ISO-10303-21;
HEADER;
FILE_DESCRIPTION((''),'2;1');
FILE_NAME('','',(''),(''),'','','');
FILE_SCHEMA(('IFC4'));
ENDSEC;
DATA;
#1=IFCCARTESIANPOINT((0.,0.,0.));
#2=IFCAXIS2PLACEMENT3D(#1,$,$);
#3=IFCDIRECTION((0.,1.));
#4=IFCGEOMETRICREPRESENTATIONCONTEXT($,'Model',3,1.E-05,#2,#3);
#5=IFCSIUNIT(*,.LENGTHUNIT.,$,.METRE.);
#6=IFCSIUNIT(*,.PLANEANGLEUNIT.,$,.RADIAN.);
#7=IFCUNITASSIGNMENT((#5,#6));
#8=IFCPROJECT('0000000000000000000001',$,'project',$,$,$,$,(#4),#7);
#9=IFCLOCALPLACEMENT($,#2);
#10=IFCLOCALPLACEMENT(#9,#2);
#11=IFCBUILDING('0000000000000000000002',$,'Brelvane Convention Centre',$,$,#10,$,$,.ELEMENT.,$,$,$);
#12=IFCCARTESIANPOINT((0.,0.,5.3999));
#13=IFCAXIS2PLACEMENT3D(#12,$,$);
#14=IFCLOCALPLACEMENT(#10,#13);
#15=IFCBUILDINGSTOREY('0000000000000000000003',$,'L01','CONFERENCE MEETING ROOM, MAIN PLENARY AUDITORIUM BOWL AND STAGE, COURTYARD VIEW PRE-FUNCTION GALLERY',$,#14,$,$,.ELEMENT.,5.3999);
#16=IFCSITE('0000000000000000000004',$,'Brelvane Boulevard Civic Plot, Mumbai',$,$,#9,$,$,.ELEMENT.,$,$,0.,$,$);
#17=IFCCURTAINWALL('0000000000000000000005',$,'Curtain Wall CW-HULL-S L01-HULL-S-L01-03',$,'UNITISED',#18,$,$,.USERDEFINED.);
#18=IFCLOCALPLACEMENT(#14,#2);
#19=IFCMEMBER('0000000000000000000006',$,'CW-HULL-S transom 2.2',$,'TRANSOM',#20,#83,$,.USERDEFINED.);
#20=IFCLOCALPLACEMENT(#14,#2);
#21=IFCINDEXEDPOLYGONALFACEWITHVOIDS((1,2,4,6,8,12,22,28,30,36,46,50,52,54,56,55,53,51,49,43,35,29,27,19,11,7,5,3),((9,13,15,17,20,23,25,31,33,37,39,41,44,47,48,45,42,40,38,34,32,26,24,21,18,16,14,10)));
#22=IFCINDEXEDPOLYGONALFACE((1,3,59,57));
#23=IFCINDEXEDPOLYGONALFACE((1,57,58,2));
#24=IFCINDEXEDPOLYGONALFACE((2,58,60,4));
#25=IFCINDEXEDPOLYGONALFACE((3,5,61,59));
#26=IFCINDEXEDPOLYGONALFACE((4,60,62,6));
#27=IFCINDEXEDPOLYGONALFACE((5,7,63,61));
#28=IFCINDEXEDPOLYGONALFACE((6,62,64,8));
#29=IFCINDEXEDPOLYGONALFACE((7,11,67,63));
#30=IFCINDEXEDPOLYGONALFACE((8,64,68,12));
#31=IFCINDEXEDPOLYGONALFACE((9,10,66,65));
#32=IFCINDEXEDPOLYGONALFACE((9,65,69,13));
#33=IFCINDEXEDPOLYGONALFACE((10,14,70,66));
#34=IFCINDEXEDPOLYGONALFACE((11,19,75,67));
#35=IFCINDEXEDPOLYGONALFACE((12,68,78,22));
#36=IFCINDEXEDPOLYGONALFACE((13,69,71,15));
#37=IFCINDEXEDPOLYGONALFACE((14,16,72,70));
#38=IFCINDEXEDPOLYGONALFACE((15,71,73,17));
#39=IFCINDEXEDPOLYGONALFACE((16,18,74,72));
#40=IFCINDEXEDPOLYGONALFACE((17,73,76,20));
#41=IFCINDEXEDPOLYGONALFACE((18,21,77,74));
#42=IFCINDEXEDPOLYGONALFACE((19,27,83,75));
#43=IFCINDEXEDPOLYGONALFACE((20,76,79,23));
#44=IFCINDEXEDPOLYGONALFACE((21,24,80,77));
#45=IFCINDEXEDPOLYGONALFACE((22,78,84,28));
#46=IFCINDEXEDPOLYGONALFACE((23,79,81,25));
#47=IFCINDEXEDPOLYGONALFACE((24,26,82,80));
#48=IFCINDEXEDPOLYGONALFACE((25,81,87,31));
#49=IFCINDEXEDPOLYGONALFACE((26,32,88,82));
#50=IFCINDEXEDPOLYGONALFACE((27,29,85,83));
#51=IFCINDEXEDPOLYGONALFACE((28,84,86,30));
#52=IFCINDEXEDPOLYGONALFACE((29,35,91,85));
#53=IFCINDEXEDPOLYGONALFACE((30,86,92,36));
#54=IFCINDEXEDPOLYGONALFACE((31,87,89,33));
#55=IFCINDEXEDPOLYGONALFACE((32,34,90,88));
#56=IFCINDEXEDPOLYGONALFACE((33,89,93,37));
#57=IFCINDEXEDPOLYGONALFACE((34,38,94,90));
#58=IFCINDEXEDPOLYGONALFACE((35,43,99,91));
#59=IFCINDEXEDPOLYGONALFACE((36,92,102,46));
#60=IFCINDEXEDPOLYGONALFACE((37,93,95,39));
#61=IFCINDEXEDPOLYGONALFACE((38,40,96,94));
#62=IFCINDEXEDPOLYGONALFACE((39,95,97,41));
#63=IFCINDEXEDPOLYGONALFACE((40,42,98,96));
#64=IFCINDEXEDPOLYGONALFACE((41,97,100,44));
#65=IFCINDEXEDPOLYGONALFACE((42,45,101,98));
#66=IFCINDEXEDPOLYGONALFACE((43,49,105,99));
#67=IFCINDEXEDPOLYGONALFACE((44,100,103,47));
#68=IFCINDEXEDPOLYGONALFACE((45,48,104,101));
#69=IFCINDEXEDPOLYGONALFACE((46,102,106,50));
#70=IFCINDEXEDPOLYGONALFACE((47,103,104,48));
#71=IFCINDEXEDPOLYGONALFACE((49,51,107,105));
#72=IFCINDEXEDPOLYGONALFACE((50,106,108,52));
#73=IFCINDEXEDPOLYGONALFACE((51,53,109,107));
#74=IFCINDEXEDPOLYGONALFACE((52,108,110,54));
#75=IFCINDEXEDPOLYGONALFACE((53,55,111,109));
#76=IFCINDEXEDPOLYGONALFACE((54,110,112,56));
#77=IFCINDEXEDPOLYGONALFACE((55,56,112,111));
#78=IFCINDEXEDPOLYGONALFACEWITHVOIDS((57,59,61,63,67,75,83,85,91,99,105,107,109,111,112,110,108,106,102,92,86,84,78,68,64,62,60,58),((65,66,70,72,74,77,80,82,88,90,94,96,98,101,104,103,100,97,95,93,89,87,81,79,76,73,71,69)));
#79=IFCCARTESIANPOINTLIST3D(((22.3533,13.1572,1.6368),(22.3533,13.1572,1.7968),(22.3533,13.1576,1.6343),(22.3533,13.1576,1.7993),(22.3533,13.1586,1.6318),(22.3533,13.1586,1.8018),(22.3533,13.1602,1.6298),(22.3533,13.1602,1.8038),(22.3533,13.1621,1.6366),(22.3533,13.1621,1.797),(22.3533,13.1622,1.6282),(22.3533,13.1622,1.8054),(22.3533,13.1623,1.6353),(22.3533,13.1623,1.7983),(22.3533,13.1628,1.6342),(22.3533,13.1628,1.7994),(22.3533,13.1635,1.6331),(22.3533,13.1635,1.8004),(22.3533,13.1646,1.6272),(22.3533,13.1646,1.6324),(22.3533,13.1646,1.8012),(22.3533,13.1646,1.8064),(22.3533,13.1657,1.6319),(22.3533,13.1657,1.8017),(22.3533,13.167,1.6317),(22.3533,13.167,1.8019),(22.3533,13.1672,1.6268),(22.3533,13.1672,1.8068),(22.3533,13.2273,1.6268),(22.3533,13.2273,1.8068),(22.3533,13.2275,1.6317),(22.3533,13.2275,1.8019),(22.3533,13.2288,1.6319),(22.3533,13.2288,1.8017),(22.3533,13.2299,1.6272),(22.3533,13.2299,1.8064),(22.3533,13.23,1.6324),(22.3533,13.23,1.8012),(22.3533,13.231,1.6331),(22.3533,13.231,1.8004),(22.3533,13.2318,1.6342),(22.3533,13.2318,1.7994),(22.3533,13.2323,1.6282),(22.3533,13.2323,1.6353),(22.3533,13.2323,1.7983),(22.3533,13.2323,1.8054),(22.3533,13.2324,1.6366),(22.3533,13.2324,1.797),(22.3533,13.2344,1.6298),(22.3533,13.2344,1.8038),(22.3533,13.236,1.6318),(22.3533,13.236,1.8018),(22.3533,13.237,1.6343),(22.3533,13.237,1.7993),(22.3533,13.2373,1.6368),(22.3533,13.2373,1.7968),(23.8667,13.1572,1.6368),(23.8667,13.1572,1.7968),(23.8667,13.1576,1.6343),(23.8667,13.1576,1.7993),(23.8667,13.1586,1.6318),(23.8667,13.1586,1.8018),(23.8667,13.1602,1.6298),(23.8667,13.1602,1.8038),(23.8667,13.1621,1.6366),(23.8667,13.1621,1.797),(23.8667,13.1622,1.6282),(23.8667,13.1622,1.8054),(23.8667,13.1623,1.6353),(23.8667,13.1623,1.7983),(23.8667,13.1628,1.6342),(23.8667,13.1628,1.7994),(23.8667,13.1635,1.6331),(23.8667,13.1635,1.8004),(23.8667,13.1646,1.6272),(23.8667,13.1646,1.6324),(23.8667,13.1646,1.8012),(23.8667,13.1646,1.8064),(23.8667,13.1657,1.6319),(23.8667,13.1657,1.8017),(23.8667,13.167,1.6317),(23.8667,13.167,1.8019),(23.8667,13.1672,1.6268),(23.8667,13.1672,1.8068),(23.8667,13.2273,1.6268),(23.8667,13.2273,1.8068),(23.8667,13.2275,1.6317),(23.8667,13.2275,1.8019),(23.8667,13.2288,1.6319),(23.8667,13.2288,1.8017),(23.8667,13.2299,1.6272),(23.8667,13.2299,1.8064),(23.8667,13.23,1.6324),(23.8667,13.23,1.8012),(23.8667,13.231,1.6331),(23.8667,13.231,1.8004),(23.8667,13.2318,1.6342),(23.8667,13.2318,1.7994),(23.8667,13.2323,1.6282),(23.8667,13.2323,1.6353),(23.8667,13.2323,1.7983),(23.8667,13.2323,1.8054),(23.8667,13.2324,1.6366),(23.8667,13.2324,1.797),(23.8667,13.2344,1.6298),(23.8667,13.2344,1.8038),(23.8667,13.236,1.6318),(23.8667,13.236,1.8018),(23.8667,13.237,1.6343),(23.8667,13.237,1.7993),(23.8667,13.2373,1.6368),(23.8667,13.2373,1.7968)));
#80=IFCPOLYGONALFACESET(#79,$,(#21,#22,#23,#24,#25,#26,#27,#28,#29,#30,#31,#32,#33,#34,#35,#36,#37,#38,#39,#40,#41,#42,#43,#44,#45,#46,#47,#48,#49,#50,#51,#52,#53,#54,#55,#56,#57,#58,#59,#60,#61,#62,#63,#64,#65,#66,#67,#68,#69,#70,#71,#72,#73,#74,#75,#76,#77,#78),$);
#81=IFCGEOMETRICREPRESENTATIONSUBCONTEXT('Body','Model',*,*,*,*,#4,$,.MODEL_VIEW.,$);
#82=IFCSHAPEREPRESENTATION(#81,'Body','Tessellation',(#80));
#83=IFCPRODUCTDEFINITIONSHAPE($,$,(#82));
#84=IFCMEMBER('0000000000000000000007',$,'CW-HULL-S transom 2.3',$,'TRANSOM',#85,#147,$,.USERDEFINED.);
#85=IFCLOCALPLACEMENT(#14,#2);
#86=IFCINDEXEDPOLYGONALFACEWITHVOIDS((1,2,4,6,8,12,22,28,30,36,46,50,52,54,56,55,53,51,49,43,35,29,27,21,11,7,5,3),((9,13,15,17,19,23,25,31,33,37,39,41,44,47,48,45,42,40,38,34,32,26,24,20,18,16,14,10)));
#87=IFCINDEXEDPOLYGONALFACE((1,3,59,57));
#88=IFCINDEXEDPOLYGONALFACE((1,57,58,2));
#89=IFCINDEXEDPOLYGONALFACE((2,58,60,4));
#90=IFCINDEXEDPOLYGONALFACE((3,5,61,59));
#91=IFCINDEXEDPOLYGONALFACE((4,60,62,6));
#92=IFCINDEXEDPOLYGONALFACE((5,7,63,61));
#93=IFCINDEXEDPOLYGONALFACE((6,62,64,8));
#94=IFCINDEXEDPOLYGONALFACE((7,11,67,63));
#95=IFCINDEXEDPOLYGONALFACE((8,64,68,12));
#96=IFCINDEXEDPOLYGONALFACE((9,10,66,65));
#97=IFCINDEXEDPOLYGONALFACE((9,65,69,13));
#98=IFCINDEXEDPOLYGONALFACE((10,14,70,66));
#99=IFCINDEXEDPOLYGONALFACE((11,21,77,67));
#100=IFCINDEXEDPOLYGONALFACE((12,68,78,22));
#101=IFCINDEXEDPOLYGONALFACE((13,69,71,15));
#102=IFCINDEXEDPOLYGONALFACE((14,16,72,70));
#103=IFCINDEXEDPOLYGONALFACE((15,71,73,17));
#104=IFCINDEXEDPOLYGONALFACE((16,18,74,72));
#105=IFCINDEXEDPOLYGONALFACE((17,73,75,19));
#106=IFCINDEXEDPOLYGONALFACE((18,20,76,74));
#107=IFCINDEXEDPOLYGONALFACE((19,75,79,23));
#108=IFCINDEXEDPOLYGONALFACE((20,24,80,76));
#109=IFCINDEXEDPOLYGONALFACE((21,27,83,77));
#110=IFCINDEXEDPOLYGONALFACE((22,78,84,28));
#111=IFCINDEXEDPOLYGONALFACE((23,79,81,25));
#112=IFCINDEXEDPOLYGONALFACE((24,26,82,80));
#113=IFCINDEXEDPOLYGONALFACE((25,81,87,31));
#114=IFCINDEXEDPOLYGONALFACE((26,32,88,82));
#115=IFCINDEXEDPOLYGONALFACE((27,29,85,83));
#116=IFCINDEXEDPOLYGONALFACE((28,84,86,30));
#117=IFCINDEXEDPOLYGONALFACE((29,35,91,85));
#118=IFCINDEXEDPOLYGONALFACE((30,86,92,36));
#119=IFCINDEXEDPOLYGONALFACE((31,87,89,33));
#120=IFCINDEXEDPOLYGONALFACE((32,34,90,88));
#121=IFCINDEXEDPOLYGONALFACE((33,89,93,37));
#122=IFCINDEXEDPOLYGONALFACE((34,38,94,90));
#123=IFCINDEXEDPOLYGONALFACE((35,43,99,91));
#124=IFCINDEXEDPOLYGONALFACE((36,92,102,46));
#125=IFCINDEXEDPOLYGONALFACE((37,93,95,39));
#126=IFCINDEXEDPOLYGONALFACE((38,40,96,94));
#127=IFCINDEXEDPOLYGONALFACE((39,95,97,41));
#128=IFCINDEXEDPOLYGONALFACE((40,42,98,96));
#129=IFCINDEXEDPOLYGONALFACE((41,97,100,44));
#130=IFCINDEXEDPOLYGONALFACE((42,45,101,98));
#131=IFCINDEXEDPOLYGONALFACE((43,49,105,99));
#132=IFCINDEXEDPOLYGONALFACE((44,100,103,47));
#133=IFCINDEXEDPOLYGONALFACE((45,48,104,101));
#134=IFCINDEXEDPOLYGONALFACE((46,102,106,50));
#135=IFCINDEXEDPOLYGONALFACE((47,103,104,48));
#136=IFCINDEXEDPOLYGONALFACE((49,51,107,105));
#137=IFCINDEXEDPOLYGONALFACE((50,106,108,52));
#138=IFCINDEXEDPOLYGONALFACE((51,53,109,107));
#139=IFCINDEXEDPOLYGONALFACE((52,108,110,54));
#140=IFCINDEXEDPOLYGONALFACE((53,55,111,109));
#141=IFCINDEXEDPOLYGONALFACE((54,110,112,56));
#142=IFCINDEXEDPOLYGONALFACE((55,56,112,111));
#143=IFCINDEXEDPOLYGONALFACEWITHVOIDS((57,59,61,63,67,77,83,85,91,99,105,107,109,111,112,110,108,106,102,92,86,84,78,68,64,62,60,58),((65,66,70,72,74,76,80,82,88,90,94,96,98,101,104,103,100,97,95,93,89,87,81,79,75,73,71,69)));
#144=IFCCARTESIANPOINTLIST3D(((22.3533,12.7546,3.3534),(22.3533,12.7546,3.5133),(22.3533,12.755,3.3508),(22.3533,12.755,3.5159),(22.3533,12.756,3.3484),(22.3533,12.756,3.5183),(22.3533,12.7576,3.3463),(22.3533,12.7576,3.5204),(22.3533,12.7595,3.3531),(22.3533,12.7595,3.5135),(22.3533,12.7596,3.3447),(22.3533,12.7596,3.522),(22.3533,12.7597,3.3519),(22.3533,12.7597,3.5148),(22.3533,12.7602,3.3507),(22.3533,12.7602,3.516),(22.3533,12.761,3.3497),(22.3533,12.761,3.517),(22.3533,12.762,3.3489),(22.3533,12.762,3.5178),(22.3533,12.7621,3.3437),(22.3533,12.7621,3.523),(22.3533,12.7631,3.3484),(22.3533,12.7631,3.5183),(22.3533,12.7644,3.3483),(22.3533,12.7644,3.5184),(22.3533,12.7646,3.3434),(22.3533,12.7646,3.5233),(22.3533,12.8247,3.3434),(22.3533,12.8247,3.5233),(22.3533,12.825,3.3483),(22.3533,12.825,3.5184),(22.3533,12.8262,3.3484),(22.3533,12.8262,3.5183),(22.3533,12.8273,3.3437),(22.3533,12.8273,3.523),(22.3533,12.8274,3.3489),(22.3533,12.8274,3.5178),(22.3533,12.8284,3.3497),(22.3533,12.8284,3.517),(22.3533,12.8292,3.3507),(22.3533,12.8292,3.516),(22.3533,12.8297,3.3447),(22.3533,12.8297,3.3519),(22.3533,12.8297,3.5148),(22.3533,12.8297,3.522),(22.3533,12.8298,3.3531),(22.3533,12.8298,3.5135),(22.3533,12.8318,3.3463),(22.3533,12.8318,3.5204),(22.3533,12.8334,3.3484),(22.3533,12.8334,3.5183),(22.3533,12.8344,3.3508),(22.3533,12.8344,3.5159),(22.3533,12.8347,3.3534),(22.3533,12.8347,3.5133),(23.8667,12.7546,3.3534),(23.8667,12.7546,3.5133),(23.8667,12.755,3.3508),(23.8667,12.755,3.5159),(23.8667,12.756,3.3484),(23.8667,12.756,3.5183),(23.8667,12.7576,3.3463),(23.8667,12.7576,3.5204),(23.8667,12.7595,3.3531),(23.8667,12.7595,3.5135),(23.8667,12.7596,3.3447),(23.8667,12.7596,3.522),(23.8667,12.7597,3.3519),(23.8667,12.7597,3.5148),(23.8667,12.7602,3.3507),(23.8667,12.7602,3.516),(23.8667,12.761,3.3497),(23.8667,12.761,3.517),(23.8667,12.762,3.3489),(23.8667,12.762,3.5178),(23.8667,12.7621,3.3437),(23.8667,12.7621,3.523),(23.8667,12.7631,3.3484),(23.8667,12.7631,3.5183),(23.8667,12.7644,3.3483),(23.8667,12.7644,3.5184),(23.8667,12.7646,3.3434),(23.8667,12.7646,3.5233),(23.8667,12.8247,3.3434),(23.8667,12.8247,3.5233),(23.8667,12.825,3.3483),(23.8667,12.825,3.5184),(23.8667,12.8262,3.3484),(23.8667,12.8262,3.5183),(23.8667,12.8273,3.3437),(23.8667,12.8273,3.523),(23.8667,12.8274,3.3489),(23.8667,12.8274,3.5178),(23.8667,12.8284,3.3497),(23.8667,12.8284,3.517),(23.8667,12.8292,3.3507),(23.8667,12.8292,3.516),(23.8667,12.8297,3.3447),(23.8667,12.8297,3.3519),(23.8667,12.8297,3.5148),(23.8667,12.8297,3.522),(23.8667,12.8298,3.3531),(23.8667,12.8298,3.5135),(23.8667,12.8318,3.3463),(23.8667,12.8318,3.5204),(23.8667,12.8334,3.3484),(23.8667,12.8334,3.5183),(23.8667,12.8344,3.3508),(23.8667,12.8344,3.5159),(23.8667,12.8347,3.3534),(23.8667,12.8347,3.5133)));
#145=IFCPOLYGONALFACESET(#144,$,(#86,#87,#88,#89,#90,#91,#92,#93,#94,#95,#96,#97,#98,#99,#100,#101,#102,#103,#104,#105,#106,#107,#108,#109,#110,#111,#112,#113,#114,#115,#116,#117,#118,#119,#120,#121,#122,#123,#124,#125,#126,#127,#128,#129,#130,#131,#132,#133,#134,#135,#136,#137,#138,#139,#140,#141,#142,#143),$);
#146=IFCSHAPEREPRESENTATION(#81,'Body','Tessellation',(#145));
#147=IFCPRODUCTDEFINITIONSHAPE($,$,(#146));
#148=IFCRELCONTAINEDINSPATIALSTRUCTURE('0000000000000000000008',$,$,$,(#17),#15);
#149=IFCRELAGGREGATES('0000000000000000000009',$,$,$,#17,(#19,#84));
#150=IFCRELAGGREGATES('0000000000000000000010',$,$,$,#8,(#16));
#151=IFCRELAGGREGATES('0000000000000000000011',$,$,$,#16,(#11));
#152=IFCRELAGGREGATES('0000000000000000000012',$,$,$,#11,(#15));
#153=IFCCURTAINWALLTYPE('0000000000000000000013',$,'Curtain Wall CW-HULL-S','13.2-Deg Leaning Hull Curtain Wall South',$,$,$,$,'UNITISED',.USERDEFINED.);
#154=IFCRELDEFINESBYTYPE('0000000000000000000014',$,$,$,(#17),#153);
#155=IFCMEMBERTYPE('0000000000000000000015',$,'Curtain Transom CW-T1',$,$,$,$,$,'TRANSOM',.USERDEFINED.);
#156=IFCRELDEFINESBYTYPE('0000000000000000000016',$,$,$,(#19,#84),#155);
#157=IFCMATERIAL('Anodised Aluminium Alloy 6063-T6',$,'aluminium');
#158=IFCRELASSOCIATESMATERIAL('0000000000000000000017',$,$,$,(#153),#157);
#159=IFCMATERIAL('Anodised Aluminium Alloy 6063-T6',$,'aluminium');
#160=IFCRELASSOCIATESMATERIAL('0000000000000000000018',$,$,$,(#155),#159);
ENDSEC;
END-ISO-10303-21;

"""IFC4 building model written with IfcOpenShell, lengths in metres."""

from ifc_helpers import new_model, si_unit, direction, frame, origin, origin_2d, place, context, subcontext, project, spatial, hollow_rectangle, extrude, material, material_profile, profile_set, type_object, element, aggregate, save


model = new_model("IFC4")

# Units and contexts
model_context = context("Model", 3, precision=1e-05, world=origin(), true_north=direction((0.0, 1.0)))
body_context = subcontext(model_context, "Body", "Model", "MODEL_VIEW")
ifc_project = project(units=[si_unit("LENGTHUNIT", "METRE"), si_unit("PLANEANGLEUNIT", "RADIAN")], contexts=[model_context])

# Site, building, storey
site_placement = place(None, origin())
site = spatial("IfcSite", under=ifc_project, at=site_placement, Name="Brelvane Boulevard Civic Plot, Mumbai", CompositionType="ELEMENT", RefElevation=0.0)
building_placement = place(site_placement, origin())
building = spatial("IfcBuilding", under=site, at=building_placement, Name="Brelvane Convention Centre", CompositionType="ELEMENT")
storey_placement = place(building_placement, frame((0.0, 0.0, 5.3999)))
storey = spatial("IfcBuildingStorey", under=building, at=storey_placement, Name="L01", Description="CONFERENCE MEETING ROOM, MAIN PLENARY AUDITORIUM BOWL AND STAGE, COURTYARD VIEW PRE-FUNCTION GALLERY", CompositionType="ELEMENT", Elevation=5.3999)

# Curtain wall, members
ifc_material_1 = material(Name="Anodised Aluminium Alloy 6063-T6", Category="aluminium")
curtain_wall_type = type_object("IfcCurtainWallType", Name="Curtain Wall CW-HULL-S", Description="13.2-Deg Leaning Hull Curtain Wall South", ElementType="UNITISED", PredefinedType="USERDEFINED", material=ifc_material_1)
ifc_material_2 = material(Name="Anodised Aluminium Alloy 6063-T6", Category="aluminium")
ifc_material_profile = material_profile(ifc_material_2, hollow_rectangle(XDim=0.0801, YDim=0.1799, WallThickness=0.0049, InnerFilletRadius=0.0049, OuterFilletRadius=0.01, at=origin_2d()), Name="ALU-T 180x80x5.0")
ifc_profile_set = profile_set([ifc_material_profile], Name="Anodised Aluminium Alloy 6063-T6")
member_type = type_object("IfcMemberType", Name="Curtain Transom CW-T1", ElementType="TRANSOM", PredefinedType="USERDEFINED", material=ifc_profile_set)
curtain_wall_1_placement = place(storey_placement, origin())
curtain_wall_1 = element("IfcCurtainWall", 1, at=curtain_wall_1_placement, inside=storey, type_object=curtain_wall_type, Name="Curtain Wall CW-HULL-S L01-HULL-S-L01-03", ObjectType="UNITISED", PredefinedType="USERDEFINED")
member_1_placement = place(storey_placement, frame((22.3533, 13.1973, 1.7168), z_axis=(1.0, 0.0, 0.0), x_axis=(0.0, 1.0, 0.0)))
member_1 = element("IfcMember", 2, at=member_1_placement, type_object=member_type, Name="CW-HULL-S transom 2.2", ObjectType="TRANSOM", PredefinedType="USERDEFINED", context=body_context, shape_type="SweptSolid", body=[
    extrude(hollow_rectangle(XDim=0.0801, YDim=0.1799, WallThickness=0.0049, InnerFilletRadius=0.0049, OuterFilletRadius=0.01, at=origin_2d()), origin(), (0.0, 0.0, 1.0), 1.5134),
])
member_2_placement = place(storey_placement, frame((22.3533, 12.7947, 3.4333), z_axis=(1.0, 0.0, 0.0), x_axis=(0.0, 1.0, 0.0)))
member_2 = element("IfcMember", 3, at=member_2_placement, type_object=member_type, Name="CW-HULL-S transom 2.3", ObjectType="TRANSOM", PredefinedType="USERDEFINED", context=body_context, shape_type="SweptSolid", body=[
    extrude(hollow_rectangle(XDim=0.0801, YDim=0.1799, WallThickness=0.0049, InnerFilletRadius=0.0049, OuterFilletRadius=0.01, at=origin_2d()), origin(), (0.0, 0.0, 1.0), 1.5134),
])

aggregate(curtain_wall_1, [member_1, member_2])

save(model, "model.ifc")
